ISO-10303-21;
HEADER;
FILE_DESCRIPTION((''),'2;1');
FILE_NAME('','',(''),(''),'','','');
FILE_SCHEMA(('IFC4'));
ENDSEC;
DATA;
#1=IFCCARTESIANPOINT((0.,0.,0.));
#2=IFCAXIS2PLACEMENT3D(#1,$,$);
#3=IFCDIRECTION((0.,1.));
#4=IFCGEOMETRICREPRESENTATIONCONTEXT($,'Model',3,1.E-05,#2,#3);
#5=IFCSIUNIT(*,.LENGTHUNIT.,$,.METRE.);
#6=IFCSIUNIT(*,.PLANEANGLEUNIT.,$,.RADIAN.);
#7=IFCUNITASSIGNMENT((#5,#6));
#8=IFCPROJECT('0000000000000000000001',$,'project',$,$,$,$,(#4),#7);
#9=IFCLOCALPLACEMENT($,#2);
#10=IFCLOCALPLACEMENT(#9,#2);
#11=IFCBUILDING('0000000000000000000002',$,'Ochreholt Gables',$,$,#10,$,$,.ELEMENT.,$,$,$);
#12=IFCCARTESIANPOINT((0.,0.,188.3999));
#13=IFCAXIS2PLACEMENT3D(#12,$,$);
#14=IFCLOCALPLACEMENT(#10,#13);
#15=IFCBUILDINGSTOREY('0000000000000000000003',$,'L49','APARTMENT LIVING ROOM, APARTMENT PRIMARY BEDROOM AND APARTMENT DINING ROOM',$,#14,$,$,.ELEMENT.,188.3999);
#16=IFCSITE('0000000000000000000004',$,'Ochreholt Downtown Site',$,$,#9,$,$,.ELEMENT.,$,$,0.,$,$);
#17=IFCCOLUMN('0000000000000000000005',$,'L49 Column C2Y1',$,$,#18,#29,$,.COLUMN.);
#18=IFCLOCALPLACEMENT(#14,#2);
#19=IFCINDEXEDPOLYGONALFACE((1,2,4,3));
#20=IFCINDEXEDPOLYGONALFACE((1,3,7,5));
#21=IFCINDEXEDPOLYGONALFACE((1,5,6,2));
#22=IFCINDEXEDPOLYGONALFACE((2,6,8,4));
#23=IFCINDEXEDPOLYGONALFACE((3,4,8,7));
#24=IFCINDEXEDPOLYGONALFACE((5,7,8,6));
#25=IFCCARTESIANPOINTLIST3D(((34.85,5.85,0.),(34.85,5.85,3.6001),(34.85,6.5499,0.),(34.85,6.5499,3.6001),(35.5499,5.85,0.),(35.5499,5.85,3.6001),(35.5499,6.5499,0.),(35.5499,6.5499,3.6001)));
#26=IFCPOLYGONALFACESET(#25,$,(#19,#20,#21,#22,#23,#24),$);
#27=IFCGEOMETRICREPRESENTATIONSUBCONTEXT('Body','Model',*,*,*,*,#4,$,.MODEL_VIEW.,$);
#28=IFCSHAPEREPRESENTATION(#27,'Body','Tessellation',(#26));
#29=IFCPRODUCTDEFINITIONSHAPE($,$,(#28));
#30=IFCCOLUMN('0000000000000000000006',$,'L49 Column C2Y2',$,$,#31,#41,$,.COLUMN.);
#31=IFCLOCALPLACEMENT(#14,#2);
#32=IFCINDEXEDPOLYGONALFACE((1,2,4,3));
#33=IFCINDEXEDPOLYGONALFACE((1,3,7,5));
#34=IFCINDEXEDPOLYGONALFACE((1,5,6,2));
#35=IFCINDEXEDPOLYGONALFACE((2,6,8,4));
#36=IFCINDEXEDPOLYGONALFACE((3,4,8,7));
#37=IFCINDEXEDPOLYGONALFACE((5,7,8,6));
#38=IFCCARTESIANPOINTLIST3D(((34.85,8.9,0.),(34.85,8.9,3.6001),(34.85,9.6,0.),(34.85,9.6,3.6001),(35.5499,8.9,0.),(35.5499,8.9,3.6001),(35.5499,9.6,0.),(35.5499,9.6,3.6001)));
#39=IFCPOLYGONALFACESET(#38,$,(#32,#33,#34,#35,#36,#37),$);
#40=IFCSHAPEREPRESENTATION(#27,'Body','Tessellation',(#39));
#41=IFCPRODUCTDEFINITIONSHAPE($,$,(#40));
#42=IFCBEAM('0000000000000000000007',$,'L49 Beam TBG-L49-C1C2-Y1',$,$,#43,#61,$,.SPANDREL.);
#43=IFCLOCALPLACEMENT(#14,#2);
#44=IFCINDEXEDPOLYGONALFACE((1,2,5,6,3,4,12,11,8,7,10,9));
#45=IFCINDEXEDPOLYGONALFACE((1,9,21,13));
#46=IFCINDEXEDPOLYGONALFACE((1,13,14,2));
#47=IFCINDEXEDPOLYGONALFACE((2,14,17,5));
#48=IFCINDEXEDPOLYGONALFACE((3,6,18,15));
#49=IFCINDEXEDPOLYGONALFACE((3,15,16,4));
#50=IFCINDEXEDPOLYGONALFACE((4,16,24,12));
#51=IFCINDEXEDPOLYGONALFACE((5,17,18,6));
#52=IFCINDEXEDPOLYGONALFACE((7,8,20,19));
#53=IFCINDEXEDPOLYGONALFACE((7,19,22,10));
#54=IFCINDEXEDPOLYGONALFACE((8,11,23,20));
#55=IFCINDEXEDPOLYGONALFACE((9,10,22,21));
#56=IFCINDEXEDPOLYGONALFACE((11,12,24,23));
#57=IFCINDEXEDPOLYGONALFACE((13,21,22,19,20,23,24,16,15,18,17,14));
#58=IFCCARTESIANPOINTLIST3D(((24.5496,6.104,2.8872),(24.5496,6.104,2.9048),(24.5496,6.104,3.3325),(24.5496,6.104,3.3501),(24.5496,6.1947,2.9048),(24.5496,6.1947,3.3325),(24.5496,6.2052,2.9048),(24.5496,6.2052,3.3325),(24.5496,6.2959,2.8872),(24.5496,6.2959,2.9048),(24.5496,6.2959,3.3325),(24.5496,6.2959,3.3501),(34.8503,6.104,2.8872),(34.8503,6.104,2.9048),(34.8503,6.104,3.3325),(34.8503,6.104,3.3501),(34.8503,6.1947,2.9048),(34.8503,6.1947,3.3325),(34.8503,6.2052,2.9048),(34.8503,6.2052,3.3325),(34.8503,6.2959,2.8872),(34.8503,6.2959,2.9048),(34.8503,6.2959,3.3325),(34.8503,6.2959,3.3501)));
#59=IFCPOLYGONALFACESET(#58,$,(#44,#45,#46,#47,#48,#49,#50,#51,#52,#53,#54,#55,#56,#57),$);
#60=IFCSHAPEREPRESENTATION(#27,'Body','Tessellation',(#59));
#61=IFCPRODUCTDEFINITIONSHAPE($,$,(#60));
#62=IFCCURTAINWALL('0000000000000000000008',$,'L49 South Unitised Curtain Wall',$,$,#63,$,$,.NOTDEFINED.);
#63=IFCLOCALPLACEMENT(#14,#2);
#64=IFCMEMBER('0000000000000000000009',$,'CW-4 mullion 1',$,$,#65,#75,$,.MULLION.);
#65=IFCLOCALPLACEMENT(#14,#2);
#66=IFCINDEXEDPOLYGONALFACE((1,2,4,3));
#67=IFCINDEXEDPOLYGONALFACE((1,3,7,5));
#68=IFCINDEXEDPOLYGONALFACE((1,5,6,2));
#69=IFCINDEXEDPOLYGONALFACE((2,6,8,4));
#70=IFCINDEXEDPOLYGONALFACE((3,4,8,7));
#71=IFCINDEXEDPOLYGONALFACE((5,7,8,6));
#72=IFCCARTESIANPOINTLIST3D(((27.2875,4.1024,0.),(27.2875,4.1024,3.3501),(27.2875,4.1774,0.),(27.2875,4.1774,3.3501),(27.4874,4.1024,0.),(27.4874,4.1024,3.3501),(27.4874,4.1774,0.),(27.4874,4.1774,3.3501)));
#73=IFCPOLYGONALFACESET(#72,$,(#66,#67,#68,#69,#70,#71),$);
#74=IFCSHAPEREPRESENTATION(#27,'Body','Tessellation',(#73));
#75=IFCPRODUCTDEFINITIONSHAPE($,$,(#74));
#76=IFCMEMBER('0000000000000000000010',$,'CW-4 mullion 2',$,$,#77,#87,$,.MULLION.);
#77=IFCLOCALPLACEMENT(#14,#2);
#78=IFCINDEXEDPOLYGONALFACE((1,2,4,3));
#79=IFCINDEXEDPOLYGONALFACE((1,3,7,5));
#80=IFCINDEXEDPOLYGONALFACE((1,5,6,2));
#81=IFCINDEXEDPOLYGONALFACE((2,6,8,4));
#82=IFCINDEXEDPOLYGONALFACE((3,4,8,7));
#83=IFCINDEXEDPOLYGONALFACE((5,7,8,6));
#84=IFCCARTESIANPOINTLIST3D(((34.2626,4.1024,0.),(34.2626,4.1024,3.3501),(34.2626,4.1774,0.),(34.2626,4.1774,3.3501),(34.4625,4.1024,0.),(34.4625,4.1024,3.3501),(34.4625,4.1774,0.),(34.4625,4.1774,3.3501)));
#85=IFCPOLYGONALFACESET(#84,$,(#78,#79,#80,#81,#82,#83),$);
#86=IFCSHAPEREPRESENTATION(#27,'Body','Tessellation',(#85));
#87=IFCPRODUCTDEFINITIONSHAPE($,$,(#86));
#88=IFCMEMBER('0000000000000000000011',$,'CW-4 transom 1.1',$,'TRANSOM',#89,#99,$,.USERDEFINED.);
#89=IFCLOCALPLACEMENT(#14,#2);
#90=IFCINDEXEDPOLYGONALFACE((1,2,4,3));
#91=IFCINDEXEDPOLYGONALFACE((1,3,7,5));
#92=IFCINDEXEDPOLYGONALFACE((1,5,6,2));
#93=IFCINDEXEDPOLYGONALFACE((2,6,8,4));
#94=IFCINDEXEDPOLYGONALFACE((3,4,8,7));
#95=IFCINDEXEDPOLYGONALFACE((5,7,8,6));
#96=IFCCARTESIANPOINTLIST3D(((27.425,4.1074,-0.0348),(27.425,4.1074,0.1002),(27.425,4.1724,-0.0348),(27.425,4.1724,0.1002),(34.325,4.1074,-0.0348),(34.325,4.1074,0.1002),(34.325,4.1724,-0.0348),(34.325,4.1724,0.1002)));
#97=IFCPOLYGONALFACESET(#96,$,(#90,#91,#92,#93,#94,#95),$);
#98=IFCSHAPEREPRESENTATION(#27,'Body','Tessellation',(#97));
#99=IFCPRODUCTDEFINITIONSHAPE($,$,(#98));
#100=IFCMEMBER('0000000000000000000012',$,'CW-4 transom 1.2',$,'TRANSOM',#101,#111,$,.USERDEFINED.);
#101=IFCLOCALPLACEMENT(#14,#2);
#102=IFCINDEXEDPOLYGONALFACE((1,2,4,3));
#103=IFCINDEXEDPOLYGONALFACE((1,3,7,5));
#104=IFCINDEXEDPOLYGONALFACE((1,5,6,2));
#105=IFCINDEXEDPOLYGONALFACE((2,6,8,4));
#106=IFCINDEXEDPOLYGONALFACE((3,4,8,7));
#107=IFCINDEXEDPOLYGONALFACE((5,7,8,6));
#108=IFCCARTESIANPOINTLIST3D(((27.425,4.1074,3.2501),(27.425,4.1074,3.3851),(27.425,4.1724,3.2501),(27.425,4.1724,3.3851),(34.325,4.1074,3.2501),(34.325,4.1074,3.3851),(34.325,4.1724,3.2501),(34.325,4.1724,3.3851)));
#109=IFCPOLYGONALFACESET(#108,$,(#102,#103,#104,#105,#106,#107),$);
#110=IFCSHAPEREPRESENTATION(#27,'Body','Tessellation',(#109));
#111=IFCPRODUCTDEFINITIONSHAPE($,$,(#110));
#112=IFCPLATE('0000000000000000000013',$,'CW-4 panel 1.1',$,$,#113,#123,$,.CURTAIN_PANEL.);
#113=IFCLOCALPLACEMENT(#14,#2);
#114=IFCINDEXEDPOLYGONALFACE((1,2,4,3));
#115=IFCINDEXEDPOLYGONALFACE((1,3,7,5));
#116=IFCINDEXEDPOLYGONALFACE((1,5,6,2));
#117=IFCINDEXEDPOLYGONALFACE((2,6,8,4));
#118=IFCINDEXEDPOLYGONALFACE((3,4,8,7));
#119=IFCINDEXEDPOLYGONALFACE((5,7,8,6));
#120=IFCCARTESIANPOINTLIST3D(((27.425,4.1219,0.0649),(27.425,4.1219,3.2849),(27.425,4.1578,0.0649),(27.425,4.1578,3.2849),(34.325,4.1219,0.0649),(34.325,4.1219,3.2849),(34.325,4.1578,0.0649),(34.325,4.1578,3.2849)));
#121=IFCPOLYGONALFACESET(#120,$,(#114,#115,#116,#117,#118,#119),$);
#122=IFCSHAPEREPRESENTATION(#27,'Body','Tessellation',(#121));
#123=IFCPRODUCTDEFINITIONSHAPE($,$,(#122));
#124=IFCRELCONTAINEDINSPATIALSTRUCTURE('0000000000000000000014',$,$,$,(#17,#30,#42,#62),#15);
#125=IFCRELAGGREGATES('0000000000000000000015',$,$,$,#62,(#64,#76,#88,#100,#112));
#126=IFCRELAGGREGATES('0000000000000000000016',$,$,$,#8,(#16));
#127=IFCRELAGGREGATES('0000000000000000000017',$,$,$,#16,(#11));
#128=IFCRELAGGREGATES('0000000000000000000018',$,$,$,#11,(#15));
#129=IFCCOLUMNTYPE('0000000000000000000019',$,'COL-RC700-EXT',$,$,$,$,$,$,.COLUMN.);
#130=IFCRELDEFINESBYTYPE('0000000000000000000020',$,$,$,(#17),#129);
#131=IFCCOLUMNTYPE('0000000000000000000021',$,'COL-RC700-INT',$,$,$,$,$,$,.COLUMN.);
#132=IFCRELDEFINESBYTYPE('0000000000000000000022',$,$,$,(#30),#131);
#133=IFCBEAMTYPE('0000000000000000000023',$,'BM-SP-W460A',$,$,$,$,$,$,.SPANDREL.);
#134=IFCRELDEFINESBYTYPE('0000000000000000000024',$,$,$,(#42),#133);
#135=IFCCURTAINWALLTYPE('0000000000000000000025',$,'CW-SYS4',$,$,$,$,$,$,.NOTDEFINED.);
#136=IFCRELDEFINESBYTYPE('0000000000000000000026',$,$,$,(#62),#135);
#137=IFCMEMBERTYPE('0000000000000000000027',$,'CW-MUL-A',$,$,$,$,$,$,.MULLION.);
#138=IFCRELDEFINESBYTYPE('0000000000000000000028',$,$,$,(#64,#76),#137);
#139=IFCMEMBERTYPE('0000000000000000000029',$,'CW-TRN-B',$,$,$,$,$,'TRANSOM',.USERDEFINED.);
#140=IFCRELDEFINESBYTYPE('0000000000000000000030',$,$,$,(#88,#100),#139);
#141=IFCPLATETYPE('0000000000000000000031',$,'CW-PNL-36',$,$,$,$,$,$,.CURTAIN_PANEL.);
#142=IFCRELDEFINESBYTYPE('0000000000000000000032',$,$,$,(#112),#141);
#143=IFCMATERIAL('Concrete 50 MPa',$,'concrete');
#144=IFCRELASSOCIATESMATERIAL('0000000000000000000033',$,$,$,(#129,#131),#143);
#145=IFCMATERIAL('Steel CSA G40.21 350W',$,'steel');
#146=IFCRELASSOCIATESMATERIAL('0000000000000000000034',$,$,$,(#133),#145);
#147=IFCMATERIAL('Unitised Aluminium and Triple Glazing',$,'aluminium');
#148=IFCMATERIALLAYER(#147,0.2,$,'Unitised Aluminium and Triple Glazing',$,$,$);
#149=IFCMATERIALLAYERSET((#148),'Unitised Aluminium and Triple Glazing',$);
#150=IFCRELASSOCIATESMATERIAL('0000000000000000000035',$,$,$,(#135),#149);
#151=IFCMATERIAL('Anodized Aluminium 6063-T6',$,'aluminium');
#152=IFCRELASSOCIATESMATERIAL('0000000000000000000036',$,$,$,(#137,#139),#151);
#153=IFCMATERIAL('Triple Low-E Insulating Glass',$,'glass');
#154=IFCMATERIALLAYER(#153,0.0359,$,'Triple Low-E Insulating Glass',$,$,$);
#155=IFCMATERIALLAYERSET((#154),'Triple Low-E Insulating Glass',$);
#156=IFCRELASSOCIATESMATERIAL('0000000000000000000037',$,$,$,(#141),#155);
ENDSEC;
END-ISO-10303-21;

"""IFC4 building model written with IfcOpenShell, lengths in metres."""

from ifc_helpers import new_model, si_unit, direction, frame, origin, origin_2d, place, context, subcontext, project, spatial, rectangle, i_section, extrude, material, layer, layer_set, material_profile, profile_set, type_object, element, aggregate, save


model = new_model("IFC4")

# Units and contexts
model_context = context("Model", 3, precision=1e-05, world=origin(), true_north=direction((0.0, 1.0)))
body_context = subcontext(model_context, "Body", "Model", "MODEL_VIEW")
ifc_project = project(units=[si_unit("LENGTHUNIT", "METRE"), si_unit("PLANEANGLEUNIT", "RADIAN")], contexts=[model_context])

# Site, building, storey
site_placement = place(None, origin())
site = spatial("IfcSite", under=ifc_project, at=site_placement, Name="Ochreholt Downtown Site", CompositionType="ELEMENT", RefElevation=0.0)
building_placement = place(site_placement, origin())
building = spatial("IfcBuilding", under=site, at=building_placement, Name="Ochreholt Gables", CompositionType="ELEMENT")
storey_placement = place(building_placement, frame((0.0, 0.0, 188.3999)))
storey = spatial("IfcBuildingStorey", under=building, at=storey_placement, Name="L49", Description="APARTMENT LIVING ROOM, APARTMENT PRIMARY BEDROOM AND APARTMENT DINING ROOM", CompositionType="ELEMENT", Elevation=188.3999)

# Columns
ifc_material_1 = material(Name="Concrete 50 MPa", Category="concrete")
ifc_material_profile_1 = material_profile(ifc_material_1, rectangle(XDim=0.7, YDim=0.7, at=origin_2d()), Name="RC700X700")
ifc_profile_set_1 = profile_set([ifc_material_profile_1], Name="Concrete 50 MPa")
column_type_1 = type_object("IfcColumnType", Name="COL-RC700-EXT", PredefinedType="COLUMN", material=ifc_profile_set_1)
column_1_placement = place(storey_placement, frame((35.2, 6.2, 0.0), z_axis=(0.0, 0.0, 1.0), x_axis=(1.0, 0.0, 0.0)))
element("IfcColumn", 1, at=column_1_placement, inside=storey, type_object=column_type_1, Name="L49 Column C2Y1", PredefinedType="COLUMN", context=body_context, shape_type="SweptSolid", body=[
    extrude(rectangle(XDim=0.7, YDim=0.7, at=origin_2d()), origin(), (0.0, 0.0, 1.0), 3.6001),
])
ifc_material_profile_2 = material_profile(ifc_material_1, rectangle(XDim=0.7, YDim=0.7, at=origin_2d()), Name="RC700X700")
ifc_profile_set_2 = profile_set([ifc_material_profile_2], Name="Concrete 50 MPa")
column_type_2 = type_object("IfcColumnType", Name="COL-RC700-INT", PredefinedType="COLUMN", material=ifc_profile_set_2)
column_2_placement = place(storey_placement, frame((35.2, 9.25, 0.0), z_axis=(0.0, 0.0, 1.0), x_axis=(1.0, 0.0, 0.0)))
element("IfcColumn", 2, at=column_2_placement, inside=storey, type_object=column_type_2, Name="L49 Column C2Y2", PredefinedType="COLUMN", context=body_context, shape_type="SweptSolid", body=[
    extrude(rectangle(XDim=0.7, YDim=0.7, at=origin_2d()), origin(), (0.0, 0.0, 1.0), 3.6001),
])

# Beam
ifc_material_2 = material(Name="Steel CSA G40.21 350W", Category="steel")
ifc_material_profile_3 = material_profile(ifc_material_2, i_section(OverallWidth=0.1919, OverallDepth=0.4629, WebThickness=0.0105, FlangeThickness=0.0176, at=origin_2d()), Name="W460X89")
ifc_profile_set_3 = profile_set([ifc_material_profile_3], Name="Steel CSA G40.21 350W")
beam_type = type_object("IfcBeamType", Name="BM-SP-W460A", PredefinedType="SPANDREL", material=ifc_profile_set_3)
beam_placement = place(storey_placement, frame((24.5496, 6.2, 3.1187), z_axis=(1.0, 0.0, 0.0), x_axis=(0.0, 1.0, 0.0)))
element("IfcBeam", 3, at=beam_placement, inside=storey, type_object=beam_type, Name="L49 Beam TBG-L49-C1C2-Y1", PredefinedType="SPANDREL", context=body_context, shape_type="SweptSolid", body=[
    extrude(i_section(OverallWidth=0.1919, OverallDepth=0.4629, WebThickness=0.0105, FlangeThickness=0.0176, at=origin_2d()), origin(), (0.0, 0.0, 1.0), 10.3008),
])

# Curtain wall, members, plate
ifc_material_3 = material(Name="Unitised Aluminium and Triple Glazing", Category="aluminium")
ifc_layer_1 = layer(ifc_material_3, 0.2, Name="Unitised Aluminium and Triple Glazing")
ifc_layer_set_1 = layer_set([ifc_layer_1], Name="Unitised Aluminium and Triple Glazing")
curtain_wall_type = type_object("IfcCurtainWallType", Name="CW-SYS4", PredefinedType="NOTDEFINED", material=ifc_layer_set_1)
curtain_wall_placement = place(storey_placement, origin())
curtain_wall = element("IfcCurtainWall", 4, at=curtain_wall_placement, inside=storey, type_object=curtain_wall_type, Name="L49 South Unitised Curtain Wall", PredefinedType="NOTDEFINED")
ifc_material_4 = material(Name="Anodized Aluminium 6063-T6", Category="aluminium")
ifc_material_profile_4 = material_profile(ifc_material_4, rectangle(XDim=0.075, YDim=0.2, at=origin_2d()), Name="CWM75X200")
ifc_profile_set_4 = profile_set([ifc_material_profile_4], Name="Anodized Aluminium 6063-T6")
member_type_1 = type_object("IfcMemberType", Name="CW-MUL-A", PredefinedType="MULLION", material=ifc_profile_set_4)
member_1_placement = place(storey_placement, frame((27.3875, 4.1399, 0.0), z_axis=(0.0, 0.0, 1.0), x_axis=(0.0, 1.0, 0.0)))
member_1 = element("IfcMember", 5, at=member_1_placement, type_object=member_type_1, Name="CW-4 mullion 1", PredefinedType="MULLION", context=body_context, shape_type="SweptSolid", body=[
    extrude(rectangle(XDim=0.075, YDim=0.2, at=origin_2d()), origin(), (0.0, 0.0, 1.0), 3.3501),
])
member_2_placement = place(storey_placement, frame((34.3625, 4.1399, 0.0), z_axis=(0.0, 0.0, 1.0), x_axis=(0.0, 1.0, 0.0)))
member_2 = element("IfcMember", 6, at=member_2_placement, type_object=member_type_1, Name="CW-4 mullion 2", PredefinedType="MULLION", context=body_context, shape_type="SweptSolid", body=[
    extrude(rectangle(XDim=0.075, YDim=0.2, at=origin_2d()), origin(), (0.0, 0.0, 1.0), 3.3501),
])
ifc_material_profile_5 = material_profile(ifc_material_4, rectangle(XDim=0.0649, YDim=0.135, at=origin_2d()), Name="CWT65X135")
ifc_profile_set_5 = profile_set([ifc_material_profile_5], Name="Anodized Aluminium 6063-T6")
member_type_2 = type_object("IfcMemberType", Name="CW-TRN-B", ElementType="TRANSOM", PredefinedType="USERDEFINED", material=ifc_profile_set_5)
member_3_placement = place(storey_placement, frame((27.425, 4.1399, 0.0327), z_axis=(1.0, 0.0, 0.0), x_axis=(0.0, 1.0, 0.0)))
member_3 = element("IfcMember", 7, at=member_3_placement, type_object=member_type_2, Name="CW-4 transom 1.1", ObjectType="TRANSOM", PredefinedType="USERDEFINED", context=body_context, shape_type="SweptSolid", body=[
    extrude(rectangle(XDim=0.0649, YDim=0.135, at=origin_2d()), origin(), (0.0, 0.0, 1.0), 6.8999),
])
member_4_placement = place(storey_placement, frame((27.425, 4.1399, 3.3176), z_axis=(1.0, 0.0, 0.0), x_axis=(0.0, 1.0, 0.0)))
member_4 = element("IfcMember", 8, at=member_4_placement, type_object=member_type_2, Name="CW-4 transom 1.2", ObjectType="TRANSOM", PredefinedType="USERDEFINED", context=body_context, shape_type="SweptSolid", body=[
    extrude(rectangle(XDim=0.0649, YDim=0.135, at=origin_2d()), origin(), (0.0, 0.0, 1.0), 6.8999),
])
ifc_material_5 = material(Name="Triple Low-E Insulating Glass", Category="glass")
ifc_layer_2 = layer(ifc_material_5, 0.0359, Name="Triple Low-E Insulating Glass")
ifc_layer_set_2 = layer_set([ifc_layer_2], Name="Triple Low-E Insulating Glass")
plate_type = type_object("IfcPlateType", Name="CW-PNL-36", PredefinedType="CURTAIN_PANEL", material=ifc_layer_set_2)
plate_placement = place(storey_placement, frame((30.875, 4.1399, 0.0649), z_axis=(0.0, 0.0, 1.0), x_axis=(1.0, 0.0, 0.0)))
plate = element("IfcPlate", 9, at=plate_placement, type_object=plate_type, Name="CW-4 panel 1.1", PredefinedType="CURTAIN_PANEL", context=body_context, shape_type="SweptSolid", body=[
    extrude(rectangle(XDim=6.8999, YDim=0.0359, at=origin_2d()), origin(), (0.0, 0.0, 1.0), 3.22),
])
aggregate(curtain_wall, [member_1, member_2, member_3, member_4, plate])

save(model, "model.ifc")
